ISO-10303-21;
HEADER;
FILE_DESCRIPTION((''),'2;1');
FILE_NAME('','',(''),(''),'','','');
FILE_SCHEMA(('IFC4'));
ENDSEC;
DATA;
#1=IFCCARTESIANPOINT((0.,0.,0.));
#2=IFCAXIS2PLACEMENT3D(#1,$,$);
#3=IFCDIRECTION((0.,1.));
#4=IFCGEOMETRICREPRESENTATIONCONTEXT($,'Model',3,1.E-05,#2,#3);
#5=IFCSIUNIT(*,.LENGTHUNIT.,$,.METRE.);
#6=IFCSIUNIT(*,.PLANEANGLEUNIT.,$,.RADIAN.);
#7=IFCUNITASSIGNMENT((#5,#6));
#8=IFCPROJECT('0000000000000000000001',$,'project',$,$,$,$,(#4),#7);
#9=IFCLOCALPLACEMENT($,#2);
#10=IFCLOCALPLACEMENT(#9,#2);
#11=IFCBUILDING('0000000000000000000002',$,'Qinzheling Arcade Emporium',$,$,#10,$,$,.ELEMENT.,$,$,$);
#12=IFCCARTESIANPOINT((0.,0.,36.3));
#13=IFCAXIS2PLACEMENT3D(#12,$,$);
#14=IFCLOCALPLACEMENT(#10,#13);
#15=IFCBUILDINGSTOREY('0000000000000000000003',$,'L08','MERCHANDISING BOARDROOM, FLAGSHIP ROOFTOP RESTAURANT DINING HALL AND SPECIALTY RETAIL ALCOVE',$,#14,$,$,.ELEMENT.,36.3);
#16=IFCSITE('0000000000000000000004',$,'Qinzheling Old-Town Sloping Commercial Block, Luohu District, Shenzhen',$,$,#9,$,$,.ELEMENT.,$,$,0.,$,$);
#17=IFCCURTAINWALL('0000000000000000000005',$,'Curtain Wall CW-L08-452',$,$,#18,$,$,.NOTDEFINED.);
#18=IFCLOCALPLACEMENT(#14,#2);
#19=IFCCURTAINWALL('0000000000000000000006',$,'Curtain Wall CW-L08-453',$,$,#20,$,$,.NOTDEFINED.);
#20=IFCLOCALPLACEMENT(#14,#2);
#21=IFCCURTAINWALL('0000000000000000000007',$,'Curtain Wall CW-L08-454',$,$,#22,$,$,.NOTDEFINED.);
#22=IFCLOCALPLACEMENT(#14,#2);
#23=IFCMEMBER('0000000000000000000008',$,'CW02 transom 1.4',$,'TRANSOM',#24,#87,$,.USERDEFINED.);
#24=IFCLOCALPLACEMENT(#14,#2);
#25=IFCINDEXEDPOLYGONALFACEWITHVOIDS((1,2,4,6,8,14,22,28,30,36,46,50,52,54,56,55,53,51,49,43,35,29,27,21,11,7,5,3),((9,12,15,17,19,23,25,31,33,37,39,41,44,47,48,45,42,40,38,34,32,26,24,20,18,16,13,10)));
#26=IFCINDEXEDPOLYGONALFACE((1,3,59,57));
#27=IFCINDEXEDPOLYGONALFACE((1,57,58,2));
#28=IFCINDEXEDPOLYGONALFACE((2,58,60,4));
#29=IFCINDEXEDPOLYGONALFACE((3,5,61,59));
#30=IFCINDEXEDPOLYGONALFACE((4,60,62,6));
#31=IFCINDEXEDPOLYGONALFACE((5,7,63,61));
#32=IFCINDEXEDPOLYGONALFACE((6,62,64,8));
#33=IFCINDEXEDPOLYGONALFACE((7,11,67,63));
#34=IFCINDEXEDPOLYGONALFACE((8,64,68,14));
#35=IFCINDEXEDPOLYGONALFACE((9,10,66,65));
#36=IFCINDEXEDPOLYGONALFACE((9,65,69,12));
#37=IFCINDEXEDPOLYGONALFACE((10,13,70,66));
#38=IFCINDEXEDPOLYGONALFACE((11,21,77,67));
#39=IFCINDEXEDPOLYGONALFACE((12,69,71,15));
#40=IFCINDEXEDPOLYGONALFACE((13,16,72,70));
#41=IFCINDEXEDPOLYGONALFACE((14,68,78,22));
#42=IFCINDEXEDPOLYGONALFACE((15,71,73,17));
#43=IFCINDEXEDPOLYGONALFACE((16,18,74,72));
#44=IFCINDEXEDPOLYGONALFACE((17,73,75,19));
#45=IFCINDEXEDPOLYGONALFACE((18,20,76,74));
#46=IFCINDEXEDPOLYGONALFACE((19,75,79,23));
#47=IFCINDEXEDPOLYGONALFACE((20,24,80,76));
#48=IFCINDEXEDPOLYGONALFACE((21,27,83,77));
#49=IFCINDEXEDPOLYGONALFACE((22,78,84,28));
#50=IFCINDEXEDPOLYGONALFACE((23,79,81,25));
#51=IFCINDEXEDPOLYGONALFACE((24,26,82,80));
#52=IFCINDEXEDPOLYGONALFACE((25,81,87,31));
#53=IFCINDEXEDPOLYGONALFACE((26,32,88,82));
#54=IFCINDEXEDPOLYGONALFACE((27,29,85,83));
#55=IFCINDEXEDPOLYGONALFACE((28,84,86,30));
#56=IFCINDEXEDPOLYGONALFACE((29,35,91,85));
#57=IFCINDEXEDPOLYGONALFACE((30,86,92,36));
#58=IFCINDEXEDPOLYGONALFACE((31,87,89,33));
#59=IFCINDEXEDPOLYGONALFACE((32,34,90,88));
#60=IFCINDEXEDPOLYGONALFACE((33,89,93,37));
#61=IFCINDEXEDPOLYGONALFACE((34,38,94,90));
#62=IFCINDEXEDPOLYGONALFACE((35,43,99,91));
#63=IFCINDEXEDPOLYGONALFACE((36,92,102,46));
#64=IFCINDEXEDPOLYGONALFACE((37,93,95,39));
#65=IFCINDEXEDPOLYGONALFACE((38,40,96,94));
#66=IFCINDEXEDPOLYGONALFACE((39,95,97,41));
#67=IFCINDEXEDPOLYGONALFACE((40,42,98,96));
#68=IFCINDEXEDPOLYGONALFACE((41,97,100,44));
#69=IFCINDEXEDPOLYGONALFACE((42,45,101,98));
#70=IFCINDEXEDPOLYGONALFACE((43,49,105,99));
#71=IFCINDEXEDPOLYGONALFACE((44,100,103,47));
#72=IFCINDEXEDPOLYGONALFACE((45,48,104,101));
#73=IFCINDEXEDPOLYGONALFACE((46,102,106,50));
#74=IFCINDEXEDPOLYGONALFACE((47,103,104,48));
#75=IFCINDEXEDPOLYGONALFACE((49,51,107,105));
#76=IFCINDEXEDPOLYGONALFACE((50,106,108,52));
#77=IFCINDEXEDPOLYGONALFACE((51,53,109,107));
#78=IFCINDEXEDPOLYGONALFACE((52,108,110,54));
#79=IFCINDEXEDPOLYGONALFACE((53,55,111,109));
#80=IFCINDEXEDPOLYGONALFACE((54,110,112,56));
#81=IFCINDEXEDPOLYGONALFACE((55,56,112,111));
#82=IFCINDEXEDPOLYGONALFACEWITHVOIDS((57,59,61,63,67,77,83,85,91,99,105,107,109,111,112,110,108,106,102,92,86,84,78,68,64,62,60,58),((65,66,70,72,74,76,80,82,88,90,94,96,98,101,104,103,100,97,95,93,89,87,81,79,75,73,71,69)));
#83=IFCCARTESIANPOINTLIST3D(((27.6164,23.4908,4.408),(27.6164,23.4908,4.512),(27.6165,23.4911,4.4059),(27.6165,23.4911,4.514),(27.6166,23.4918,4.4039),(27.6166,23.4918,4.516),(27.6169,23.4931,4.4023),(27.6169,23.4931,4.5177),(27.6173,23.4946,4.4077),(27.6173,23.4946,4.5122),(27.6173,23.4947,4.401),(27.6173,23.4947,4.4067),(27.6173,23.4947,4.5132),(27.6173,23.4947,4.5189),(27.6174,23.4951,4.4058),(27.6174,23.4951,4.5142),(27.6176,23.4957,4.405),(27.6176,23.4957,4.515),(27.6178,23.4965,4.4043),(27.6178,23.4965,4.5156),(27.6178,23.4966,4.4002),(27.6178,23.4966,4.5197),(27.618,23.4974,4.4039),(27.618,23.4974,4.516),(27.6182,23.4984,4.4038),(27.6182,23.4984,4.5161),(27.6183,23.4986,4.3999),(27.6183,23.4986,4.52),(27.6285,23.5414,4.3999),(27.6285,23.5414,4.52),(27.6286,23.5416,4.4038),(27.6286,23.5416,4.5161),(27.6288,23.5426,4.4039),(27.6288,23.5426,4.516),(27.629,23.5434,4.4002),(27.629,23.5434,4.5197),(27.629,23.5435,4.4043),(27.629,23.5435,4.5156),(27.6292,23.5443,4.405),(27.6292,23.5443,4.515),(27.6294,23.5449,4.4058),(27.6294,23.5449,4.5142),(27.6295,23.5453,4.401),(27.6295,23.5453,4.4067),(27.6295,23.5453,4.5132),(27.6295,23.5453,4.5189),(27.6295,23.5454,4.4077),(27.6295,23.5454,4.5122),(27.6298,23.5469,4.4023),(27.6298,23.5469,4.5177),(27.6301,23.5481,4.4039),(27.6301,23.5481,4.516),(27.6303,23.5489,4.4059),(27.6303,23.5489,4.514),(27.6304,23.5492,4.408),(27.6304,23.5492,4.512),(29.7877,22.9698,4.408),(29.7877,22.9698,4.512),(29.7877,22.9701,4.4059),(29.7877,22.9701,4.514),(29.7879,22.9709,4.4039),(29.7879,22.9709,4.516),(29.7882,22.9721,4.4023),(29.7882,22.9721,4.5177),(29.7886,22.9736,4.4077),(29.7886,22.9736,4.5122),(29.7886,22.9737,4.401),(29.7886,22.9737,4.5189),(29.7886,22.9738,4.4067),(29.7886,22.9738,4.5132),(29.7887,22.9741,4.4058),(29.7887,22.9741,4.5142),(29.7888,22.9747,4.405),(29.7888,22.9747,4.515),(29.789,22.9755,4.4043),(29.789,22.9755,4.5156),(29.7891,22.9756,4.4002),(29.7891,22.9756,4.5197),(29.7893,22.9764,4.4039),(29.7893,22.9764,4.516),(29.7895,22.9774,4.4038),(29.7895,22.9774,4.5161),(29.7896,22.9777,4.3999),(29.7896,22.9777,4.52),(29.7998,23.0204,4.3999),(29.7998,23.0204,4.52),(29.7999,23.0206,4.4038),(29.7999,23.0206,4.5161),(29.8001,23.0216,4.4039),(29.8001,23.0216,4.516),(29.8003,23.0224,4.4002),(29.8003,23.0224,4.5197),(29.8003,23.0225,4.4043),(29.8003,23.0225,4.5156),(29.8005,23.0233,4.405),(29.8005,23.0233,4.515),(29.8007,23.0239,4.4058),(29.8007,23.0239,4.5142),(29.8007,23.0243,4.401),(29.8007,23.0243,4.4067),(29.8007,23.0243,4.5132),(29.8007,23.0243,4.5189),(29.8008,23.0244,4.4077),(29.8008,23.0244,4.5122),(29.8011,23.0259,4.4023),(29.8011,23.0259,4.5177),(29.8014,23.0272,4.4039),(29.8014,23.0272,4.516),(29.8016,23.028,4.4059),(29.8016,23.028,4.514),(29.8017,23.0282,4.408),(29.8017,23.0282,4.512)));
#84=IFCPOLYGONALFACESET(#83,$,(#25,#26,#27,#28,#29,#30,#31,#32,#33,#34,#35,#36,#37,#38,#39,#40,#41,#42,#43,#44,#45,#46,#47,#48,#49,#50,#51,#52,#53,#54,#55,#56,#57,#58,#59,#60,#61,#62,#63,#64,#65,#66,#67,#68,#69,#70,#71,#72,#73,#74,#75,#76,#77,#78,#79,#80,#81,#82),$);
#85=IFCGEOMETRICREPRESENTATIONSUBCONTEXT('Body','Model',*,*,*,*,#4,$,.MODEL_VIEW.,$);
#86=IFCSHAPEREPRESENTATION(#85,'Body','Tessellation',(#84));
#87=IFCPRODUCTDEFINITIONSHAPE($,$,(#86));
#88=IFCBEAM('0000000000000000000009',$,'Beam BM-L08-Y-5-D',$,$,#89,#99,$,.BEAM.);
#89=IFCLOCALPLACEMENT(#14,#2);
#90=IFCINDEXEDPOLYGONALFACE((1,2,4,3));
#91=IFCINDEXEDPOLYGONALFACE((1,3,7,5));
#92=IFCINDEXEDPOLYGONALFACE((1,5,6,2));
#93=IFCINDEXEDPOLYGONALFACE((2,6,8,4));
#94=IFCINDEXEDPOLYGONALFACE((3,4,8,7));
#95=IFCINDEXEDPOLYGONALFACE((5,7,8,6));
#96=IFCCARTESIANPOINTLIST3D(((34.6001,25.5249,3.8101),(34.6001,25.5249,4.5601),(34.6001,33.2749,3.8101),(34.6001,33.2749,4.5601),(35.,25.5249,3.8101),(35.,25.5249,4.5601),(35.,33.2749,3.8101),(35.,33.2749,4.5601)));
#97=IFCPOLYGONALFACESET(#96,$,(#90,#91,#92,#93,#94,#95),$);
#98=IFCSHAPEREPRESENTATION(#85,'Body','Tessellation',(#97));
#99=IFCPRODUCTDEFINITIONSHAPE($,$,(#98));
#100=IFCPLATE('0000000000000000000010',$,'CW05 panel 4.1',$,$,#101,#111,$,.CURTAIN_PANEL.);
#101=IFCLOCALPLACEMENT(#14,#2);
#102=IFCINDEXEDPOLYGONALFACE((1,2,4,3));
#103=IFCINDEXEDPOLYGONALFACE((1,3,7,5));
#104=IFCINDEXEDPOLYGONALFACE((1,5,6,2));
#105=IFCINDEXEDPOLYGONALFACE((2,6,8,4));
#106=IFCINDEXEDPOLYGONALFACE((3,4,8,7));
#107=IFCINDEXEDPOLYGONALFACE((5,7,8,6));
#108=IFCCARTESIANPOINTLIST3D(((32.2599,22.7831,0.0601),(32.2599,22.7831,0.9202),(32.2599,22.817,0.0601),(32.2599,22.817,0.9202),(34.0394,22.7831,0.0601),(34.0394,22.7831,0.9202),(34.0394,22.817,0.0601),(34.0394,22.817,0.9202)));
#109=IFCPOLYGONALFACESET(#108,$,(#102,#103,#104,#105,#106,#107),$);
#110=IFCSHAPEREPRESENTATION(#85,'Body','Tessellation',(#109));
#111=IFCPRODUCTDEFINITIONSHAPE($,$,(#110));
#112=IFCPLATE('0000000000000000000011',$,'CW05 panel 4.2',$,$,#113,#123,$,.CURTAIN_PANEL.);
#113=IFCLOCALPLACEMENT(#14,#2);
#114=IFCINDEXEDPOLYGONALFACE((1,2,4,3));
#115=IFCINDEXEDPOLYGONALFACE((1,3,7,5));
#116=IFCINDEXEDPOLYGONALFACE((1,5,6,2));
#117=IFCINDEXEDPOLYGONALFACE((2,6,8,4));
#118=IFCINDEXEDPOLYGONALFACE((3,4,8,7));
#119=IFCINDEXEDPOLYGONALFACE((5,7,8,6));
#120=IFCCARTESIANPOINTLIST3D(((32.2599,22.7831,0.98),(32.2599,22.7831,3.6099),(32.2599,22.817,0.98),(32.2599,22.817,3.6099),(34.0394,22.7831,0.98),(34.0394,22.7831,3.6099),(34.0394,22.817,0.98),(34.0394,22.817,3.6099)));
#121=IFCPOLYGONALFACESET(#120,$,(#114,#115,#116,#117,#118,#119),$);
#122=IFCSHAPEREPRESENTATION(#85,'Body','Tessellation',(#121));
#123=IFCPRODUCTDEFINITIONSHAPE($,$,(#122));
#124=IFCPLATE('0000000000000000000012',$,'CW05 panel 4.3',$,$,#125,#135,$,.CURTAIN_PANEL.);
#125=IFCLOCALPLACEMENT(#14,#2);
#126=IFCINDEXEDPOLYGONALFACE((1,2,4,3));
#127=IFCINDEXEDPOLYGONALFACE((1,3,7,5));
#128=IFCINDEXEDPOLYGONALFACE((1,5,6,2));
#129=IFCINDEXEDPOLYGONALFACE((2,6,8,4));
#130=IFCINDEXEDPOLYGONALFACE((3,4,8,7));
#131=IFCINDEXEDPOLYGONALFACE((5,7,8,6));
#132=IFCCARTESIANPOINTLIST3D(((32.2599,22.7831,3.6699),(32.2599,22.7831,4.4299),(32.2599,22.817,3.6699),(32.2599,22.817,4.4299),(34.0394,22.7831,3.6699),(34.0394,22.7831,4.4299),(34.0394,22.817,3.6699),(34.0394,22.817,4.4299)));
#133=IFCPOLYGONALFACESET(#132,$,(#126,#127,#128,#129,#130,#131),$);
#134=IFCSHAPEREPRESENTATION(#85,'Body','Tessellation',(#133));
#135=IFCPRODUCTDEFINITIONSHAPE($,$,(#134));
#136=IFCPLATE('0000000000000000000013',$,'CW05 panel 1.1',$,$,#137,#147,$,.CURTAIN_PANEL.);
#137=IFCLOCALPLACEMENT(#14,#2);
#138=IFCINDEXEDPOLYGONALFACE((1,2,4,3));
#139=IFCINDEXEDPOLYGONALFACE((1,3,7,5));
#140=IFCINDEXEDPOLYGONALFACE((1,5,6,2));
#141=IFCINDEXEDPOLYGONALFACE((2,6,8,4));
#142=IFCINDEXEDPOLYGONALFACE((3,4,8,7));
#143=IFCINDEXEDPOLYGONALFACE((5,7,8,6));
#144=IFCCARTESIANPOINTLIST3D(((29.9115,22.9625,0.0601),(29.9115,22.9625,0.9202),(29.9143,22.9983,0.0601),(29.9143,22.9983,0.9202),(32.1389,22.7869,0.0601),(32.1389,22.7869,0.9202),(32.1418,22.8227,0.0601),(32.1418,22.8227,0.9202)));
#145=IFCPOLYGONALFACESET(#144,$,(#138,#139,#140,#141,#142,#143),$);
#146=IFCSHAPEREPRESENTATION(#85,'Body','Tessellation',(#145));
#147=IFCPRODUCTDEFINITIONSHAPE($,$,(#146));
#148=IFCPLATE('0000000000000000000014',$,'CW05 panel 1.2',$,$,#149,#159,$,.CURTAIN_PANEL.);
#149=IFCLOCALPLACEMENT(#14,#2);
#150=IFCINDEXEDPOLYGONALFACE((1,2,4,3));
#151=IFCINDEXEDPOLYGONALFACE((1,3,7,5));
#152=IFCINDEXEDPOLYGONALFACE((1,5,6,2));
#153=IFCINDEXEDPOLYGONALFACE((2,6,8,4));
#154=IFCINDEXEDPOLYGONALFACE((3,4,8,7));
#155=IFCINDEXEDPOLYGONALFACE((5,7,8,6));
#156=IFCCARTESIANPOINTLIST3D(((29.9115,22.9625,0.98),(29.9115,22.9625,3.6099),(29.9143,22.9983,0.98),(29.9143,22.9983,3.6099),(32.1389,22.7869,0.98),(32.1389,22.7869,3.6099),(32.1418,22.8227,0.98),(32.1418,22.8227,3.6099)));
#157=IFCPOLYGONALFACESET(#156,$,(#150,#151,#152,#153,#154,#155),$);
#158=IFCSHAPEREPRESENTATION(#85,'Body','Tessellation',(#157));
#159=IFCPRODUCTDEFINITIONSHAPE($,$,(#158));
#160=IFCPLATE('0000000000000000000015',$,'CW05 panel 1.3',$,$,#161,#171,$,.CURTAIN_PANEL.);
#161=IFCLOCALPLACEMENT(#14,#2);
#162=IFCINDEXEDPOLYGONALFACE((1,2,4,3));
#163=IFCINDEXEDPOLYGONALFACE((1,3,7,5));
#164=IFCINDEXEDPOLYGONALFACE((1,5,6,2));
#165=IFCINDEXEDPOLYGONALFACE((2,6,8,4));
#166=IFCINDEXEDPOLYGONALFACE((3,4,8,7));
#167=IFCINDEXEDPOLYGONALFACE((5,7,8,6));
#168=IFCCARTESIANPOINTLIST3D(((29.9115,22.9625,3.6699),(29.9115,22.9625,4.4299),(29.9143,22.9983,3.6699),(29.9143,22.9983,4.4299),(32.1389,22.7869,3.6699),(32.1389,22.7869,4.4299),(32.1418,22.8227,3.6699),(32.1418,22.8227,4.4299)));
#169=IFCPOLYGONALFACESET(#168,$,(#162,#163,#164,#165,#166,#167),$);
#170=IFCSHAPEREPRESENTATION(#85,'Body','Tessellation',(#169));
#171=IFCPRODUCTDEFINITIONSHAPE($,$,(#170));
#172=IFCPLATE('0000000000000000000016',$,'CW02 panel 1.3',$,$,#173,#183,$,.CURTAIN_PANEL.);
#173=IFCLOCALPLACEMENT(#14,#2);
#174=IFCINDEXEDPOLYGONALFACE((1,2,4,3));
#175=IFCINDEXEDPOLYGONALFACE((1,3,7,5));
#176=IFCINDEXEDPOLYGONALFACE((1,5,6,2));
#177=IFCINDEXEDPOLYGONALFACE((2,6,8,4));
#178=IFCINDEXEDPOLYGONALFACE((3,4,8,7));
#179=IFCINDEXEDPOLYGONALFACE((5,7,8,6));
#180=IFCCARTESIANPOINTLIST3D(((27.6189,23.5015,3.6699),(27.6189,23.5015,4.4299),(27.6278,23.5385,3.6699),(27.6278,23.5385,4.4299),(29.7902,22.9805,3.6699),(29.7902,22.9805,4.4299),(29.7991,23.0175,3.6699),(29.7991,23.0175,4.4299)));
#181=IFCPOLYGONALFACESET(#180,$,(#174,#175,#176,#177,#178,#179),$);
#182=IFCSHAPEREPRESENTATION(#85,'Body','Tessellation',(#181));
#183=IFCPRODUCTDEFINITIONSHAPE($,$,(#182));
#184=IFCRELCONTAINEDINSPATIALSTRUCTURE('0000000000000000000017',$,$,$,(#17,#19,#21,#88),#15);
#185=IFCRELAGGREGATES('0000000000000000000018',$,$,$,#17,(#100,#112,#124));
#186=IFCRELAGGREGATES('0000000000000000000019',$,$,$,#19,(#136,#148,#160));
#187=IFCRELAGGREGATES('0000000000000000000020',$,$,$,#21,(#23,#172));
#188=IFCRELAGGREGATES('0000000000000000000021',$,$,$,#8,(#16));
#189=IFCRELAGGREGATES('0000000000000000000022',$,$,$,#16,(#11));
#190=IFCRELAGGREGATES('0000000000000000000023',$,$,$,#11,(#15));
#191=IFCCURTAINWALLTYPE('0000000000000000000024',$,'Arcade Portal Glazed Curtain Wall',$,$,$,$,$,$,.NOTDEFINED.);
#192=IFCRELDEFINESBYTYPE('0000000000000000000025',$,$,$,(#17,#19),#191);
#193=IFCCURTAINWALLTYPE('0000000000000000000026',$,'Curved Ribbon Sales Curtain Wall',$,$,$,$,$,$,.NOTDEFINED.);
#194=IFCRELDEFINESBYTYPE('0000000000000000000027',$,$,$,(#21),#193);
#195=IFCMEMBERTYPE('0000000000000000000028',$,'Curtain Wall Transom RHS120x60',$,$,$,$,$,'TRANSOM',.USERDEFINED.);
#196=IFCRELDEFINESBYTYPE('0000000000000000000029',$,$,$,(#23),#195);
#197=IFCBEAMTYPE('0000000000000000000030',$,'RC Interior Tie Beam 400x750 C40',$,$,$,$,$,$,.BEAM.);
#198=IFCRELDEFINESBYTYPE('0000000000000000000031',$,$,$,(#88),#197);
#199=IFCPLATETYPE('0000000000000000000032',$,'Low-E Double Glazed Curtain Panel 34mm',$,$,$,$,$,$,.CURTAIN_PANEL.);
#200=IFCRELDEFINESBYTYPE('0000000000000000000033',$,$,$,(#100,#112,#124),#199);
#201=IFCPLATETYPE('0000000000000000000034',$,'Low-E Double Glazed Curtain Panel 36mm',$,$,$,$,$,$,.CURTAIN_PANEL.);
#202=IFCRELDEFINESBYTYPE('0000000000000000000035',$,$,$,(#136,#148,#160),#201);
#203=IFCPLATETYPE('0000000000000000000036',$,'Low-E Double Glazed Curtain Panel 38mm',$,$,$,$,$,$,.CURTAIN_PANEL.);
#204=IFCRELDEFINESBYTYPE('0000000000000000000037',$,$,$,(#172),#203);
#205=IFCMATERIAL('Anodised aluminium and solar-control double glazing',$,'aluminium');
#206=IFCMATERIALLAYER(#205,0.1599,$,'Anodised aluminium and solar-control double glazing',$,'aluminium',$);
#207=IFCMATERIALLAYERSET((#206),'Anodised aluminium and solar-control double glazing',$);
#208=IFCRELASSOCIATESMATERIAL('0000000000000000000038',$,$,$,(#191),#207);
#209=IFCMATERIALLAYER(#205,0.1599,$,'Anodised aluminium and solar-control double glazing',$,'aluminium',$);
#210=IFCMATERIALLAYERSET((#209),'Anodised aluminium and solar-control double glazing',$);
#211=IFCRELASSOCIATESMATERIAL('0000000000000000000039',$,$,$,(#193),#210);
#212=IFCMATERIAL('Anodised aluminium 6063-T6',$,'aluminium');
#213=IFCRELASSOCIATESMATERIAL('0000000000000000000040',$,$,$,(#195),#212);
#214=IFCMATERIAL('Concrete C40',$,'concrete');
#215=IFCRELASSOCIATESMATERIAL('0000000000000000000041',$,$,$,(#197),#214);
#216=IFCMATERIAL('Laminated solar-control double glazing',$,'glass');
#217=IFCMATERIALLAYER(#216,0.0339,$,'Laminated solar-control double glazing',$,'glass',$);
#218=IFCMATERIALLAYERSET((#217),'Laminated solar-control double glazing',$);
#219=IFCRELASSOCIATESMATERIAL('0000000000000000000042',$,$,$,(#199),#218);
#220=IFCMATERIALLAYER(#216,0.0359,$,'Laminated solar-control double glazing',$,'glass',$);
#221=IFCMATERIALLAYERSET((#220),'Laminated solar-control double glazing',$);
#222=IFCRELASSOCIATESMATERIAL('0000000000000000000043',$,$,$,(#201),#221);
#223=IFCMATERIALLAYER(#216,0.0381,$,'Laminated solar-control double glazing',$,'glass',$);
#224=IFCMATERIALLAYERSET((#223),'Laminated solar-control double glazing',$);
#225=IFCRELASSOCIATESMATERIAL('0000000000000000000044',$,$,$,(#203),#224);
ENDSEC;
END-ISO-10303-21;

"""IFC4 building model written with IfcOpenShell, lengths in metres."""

from ifc_helpers import new_model, si_unit, direction, frame, origin, origin_2d, place, context, subcontext, project, spatial, rectangle, hollow_rectangle, extrude, material, layer, layer_set, material_profile, profile_set, type_object, element, aggregate, save


model = new_model("IFC4")

# Units and contexts
model_context = context("Model", 3, precision=1e-05, world=origin(), true_north=direction((0.0, 1.0)))
body_context = subcontext(model_context, "Body", "Model", "MODEL_VIEW")
ifc_project = project(units=[si_unit("LENGTHUNIT", "METRE"), si_unit("PLANEANGLEUNIT", "RADIAN")], contexts=[model_context])

# Site, building, storey
site_placement = place(None, origin())
site = spatial("IfcSite", under=ifc_project, at=site_placement, Name="Qinzheling Old-Town Sloping Commercial Block, Luohu District, Shenzhen", CompositionType="ELEMENT", RefElevation=0.0)
building_placement = place(site_placement, origin())
building = spatial("IfcBuilding", under=site, at=building_placement, Name="Qinzheling Arcade Emporium", CompositionType="ELEMENT")
storey_placement = place(building_placement, frame((0.0, 0.0, 36.3)))
storey = spatial("IfcBuildingStorey", under=building, at=storey_placement, Name="L08", Description="MERCHANDISING BOARDROOM, FLAGSHIP ROOFTOP RESTAURANT DINING HALL AND SPECIALTY RETAIL ALCOVE", CompositionType="ELEMENT", Elevation=36.3)

# Shared definitions
ifc_material_1 = material(Name="Concrete C40", Category="concrete")

# Curtain walls
ifc_material_2 = material(Name="Anodised aluminium and solar-control double glazing", Category="aluminium")
ifc_layer_1 = layer(ifc_material_2, 0.1599, Name="Anodised aluminium and solar-control double glazing", Category="aluminium")
ifc_layer_set_1 = layer_set([ifc_layer_1], Name="Anodised aluminium and solar-control double glazing")
curtain_wall_type_1 = type_object("IfcCurtainWallType", Name="Arcade Portal Glazed Curtain Wall", PredefinedType="NOTDEFINED", material=ifc_layer_set_1)
curtain_wall_1_placement = place(storey_placement, origin())
curtain_wall_1 = element("IfcCurtainWall", 1, at=curtain_wall_1_placement, inside=storey, type_object=curtain_wall_type_1, Name="Curtain Wall CW-L08-452", PredefinedType="NOTDEFINED")
ifc_material_3 = material(Name="Anodised aluminium 6063-T6", Category="aluminium")
curtain_wall_2_placement = place(storey_placement, origin())
curtain_wall_2 = element("IfcCurtainWall", 2, at=curtain_wall_2_placement, inside=storey, type_object=curtain_wall_type_1, Name="Curtain Wall CW-L08-453", PredefinedType="NOTDEFINED")

# Curtain wall
ifc_layer_2 = layer(ifc_material_2, 0.1599, Name="Anodised aluminium and solar-control double glazing", Category="aluminium")
ifc_layer_set_2 = layer_set([ifc_layer_2], Name="Anodised aluminium and solar-control double glazing")
curtain_wall_type_2 = type_object("IfcCurtainWallType", Name="Curved Ribbon Sales Curtain Wall", PredefinedType="NOTDEFINED", material=ifc_layer_set_2)
curtain_wall_3_placement = place(storey_placement, origin())
curtain_wall_3 = element("IfcCurtainWall", 3, at=curtain_wall_3_placement, inside=storey, type_object=curtain_wall_type_2, Name="Curtain Wall CW-L08-454", PredefinedType="NOTDEFINED")

# Member
ifc_material_profile_1 = material_profile(ifc_material_3, hollow_rectangle(XDim=0.0601, YDim=0.1201, WallThickness=0.0039, InnerFilletRadius=0.0039, OuterFilletRadius=0.0081, at=origin_2d()), Name="RHS 120x60x4", Category="aluminium")
ifc_profile_set_1 = profile_set([ifc_material_profile_1], Name="Anodised aluminium 6063-T6")
member_type_1 = type_object("IfcMemberType", Name="Curtain Wall Transom RHS120x60", ElementType="TRANSOM", PredefinedType="USERDEFINED", material=ifc_profile_set_1)
member_1_placement = place(storey_placement, frame((29.7947, 22.999, 4.46), z_axis=(-0.972401, 0.233315, 0.0), x_axis=(-0.233315, -0.972401, 0.0)))
member_1 = element("IfcMember", 4, at=member_1_placement, type_object=member_type_1, Name="CW02 transom 1.4", ObjectType="TRANSOM", PredefinedType="USERDEFINED", context=body_context, shape_type="SweptSolid", body=[
    extrude(hollow_rectangle(XDim=0.0601, YDim=0.1201, WallThickness=0.0039, InnerFilletRadius=0.0039, OuterFilletRadius=0.0081, at=origin_2d()), origin(), (0.0, 0.0, 1.0), 2.2329),
])

# Beam
ifc_material_profile_2 = material_profile(ifc_material_1, rectangle(XDim=0.3999, YDim=0.75, at=origin_2d()), Name="RC 400x750", Category="concrete")
ifc_profile_set_2 = profile_set([ifc_material_profile_2], Name="Concrete C40")
beam_type = type_object("IfcBeamType", Name="RC Interior Tie Beam 400x750 C40", PredefinedType="BEAM", material=ifc_profile_set_2)
beam_placement = place(storey_placement, frame((34.8, 25.5249, 4.1851), z_axis=(0.0, 1.0, 0.0), x_axis=(-1.0, 0.0, 0.0)))
element("IfcBeam", 5, at=beam_placement, inside=storey, type_object=beam_type, Name="Beam BM-L08-Y-5-D", PredefinedType="BEAM", context=body_context, shape_type="SweptSolid", body=[
    extrude(rectangle(XDim=0.3999, YDim=0.75, at=origin_2d()), origin(), (0.0, 0.0, 1.0), 7.75),
])

# Plates
ifc_material_4 = material(Name="Laminated solar-control double glazing", Category="glass")
ifc_layer_3 = layer(ifc_material_4, 0.0339, Name="Laminated solar-control double glazing", Category="glass")
ifc_layer_set_3 = layer_set([ifc_layer_3], Name="Laminated solar-control double glazing")
plate_type_1 = type_object("IfcPlateType", Name="Low-E Double Glazed Curtain Panel 34mm", PredefinedType="CURTAIN_PANEL", material=ifc_layer_set_3)
plate_1_placement = place(storey_placement, frame((33.1497, 22.8, 0.0601), z_axis=(0.0, 0.0, 1.0), x_axis=(-1.0, 0.0, 0.0)))
plate_1 = element("IfcPlate", 6, at=plate_1_placement, type_object=plate_type_1, Name="CW05 panel 4.1", PredefinedType="CURTAIN_PANEL", context=body_context, shape_type="SweptSolid", body=[
    extrude(rectangle(XDim=1.7795, YDim=0.0339, at=origin_2d()), origin(), (0.0, 0.0, 1.0), 0.8601),
])
plate_2_placement = place(storey_placement, frame((33.1497, 22.8, 0.98), z_axis=(0.0, 0.0, 1.0), x_axis=(-1.0, 0.0, 0.0)))
plate_2 = element("IfcPlate", 7, at=plate_2_placement, type_object=plate_type_1, Name="CW05 panel 4.2", PredefinedType="CURTAIN_PANEL", context=body_context, shape_type="SweptSolid", body=[
    extrude(rectangle(XDim=1.7795, YDim=0.0339, at=origin_2d()), origin(), (0.0, 0.0, 1.0), 2.6299),
])
plate_3_placement = place(storey_placement, frame((33.1497, 22.8, 3.6699), z_axis=(0.0, 0.0, 1.0), x_axis=(-1.0, 0.0, 0.0)))
plate_3 = element("IfcPlate", 8, at=plate_3_placement, type_object=plate_type_1, Name="CW05 panel 4.3", PredefinedType="CURTAIN_PANEL", context=body_context, shape_type="SweptSolid", body=[
    extrude(rectangle(XDim=1.7795, YDim=0.0339, at=origin_2d()), origin(), (0.0, 0.0, 1.0), 0.76),
])
aggregate(curtain_wall_1, [plate_1, plate_2, plate_3])
ifc_layer_4 = layer(ifc_material_4, 0.0359, Name="Laminated solar-control double glazing", Category="glass")
ifc_layer_set_4 = layer_set([ifc_layer_4], Name="Laminated solar-control double glazing")
plate_type_2 = type_object("IfcPlateType", Name="Low-E Double Glazed Curtain Panel 36mm", PredefinedType="CURTAIN_PANEL", material=ifc_layer_set_4)
plate_4_placement = place(storey_placement, frame((31.0266, 22.8926, 0.0601), z_axis=(0.0, 0.0, 1.0), x_axis=(-0.996908, 0.07858, 0.0)))
plate_4 = element("IfcPlate", 9, at=plate_4_placement, type_object=plate_type_2, Name="CW05 panel 1.1", PredefinedType="CURTAIN_PANEL", context=body_context, shape_type="SweptSolid", body=[
    extrude(rectangle(XDim=2.2344, YDim=0.0359, at=origin_2d()), origin(), (0.0, 0.0, 1.0), 0.8601),
])
plate_5_placement = place(storey_placement, frame((31.0266, 22.8926, 0.98), z_axis=(0.0, 0.0, 1.0), x_axis=(-0.996908, 0.07858, 0.0)))
plate_5 = element("IfcPlate", 10, at=plate_5_placement, type_object=plate_type_2, Name="CW05 panel 1.2", PredefinedType="CURTAIN_PANEL", context=body_context, shape_type="SweptSolid", body=[
    extrude(rectangle(XDim=2.2344, YDim=0.0359, at=origin_2d()), origin(), (0.0, 0.0, 1.0), 2.6299),
])
plate_6_placement = place(storey_placement, frame((31.0266, 22.8926, 3.6699), z_axis=(0.0, 0.0, 1.0), x_axis=(-0.996908, 0.07858, 0.0)))
plate_6 = element("IfcPlate", 11, at=plate_6_placement, type_object=plate_type_2, Name="CW05 panel 1.3", PredefinedType="CURTAIN_PANEL", context=body_context, shape_type="SweptSolid", body=[
    extrude(rectangle(XDim=2.2344, YDim=0.0359, at=origin_2d()), origin(), (0.0, 0.0, 1.0), 0.76),
])
aggregate(curtain_wall_2, [plate_4, plate_5, plate_6])
ifc_layer_5 = layer(ifc_material_4, 0.0381, Name="Laminated solar-control double glazing", Category="glass")
ifc_layer_set_5 = layer_set([ifc_layer_5], Name="Laminated solar-control double glazing")
plate_type_3 = type_object("IfcPlateType", Name="Low-E Double Glazed Curtain Panel 38mm", PredefinedType="CURTAIN_PANEL", material=ifc_layer_set_5)
plate_7_placement = place(storey_placement, frame((28.709, 23.2595, 3.6699), z_axis=(0.0, 0.0, 1.0), x_axis=(-0.972399, 0.233325, 0.0)))
plate_7 = element("IfcPlate", 12, at=plate_7_placement, type_object=plate_type_3, Name="CW02 panel 1.3", PredefinedType="CURTAIN_PANEL", context=body_context, shape_type="SweptSolid", body=[
    extrude(rectangle(XDim=2.2329, YDim=0.0381, at=origin_2d()), origin(), (0.0, 0.0, 1.0), 0.76),
])
aggregate(curtain_wall_3, [member_1, plate_7])

save(model, "model.ifc")
